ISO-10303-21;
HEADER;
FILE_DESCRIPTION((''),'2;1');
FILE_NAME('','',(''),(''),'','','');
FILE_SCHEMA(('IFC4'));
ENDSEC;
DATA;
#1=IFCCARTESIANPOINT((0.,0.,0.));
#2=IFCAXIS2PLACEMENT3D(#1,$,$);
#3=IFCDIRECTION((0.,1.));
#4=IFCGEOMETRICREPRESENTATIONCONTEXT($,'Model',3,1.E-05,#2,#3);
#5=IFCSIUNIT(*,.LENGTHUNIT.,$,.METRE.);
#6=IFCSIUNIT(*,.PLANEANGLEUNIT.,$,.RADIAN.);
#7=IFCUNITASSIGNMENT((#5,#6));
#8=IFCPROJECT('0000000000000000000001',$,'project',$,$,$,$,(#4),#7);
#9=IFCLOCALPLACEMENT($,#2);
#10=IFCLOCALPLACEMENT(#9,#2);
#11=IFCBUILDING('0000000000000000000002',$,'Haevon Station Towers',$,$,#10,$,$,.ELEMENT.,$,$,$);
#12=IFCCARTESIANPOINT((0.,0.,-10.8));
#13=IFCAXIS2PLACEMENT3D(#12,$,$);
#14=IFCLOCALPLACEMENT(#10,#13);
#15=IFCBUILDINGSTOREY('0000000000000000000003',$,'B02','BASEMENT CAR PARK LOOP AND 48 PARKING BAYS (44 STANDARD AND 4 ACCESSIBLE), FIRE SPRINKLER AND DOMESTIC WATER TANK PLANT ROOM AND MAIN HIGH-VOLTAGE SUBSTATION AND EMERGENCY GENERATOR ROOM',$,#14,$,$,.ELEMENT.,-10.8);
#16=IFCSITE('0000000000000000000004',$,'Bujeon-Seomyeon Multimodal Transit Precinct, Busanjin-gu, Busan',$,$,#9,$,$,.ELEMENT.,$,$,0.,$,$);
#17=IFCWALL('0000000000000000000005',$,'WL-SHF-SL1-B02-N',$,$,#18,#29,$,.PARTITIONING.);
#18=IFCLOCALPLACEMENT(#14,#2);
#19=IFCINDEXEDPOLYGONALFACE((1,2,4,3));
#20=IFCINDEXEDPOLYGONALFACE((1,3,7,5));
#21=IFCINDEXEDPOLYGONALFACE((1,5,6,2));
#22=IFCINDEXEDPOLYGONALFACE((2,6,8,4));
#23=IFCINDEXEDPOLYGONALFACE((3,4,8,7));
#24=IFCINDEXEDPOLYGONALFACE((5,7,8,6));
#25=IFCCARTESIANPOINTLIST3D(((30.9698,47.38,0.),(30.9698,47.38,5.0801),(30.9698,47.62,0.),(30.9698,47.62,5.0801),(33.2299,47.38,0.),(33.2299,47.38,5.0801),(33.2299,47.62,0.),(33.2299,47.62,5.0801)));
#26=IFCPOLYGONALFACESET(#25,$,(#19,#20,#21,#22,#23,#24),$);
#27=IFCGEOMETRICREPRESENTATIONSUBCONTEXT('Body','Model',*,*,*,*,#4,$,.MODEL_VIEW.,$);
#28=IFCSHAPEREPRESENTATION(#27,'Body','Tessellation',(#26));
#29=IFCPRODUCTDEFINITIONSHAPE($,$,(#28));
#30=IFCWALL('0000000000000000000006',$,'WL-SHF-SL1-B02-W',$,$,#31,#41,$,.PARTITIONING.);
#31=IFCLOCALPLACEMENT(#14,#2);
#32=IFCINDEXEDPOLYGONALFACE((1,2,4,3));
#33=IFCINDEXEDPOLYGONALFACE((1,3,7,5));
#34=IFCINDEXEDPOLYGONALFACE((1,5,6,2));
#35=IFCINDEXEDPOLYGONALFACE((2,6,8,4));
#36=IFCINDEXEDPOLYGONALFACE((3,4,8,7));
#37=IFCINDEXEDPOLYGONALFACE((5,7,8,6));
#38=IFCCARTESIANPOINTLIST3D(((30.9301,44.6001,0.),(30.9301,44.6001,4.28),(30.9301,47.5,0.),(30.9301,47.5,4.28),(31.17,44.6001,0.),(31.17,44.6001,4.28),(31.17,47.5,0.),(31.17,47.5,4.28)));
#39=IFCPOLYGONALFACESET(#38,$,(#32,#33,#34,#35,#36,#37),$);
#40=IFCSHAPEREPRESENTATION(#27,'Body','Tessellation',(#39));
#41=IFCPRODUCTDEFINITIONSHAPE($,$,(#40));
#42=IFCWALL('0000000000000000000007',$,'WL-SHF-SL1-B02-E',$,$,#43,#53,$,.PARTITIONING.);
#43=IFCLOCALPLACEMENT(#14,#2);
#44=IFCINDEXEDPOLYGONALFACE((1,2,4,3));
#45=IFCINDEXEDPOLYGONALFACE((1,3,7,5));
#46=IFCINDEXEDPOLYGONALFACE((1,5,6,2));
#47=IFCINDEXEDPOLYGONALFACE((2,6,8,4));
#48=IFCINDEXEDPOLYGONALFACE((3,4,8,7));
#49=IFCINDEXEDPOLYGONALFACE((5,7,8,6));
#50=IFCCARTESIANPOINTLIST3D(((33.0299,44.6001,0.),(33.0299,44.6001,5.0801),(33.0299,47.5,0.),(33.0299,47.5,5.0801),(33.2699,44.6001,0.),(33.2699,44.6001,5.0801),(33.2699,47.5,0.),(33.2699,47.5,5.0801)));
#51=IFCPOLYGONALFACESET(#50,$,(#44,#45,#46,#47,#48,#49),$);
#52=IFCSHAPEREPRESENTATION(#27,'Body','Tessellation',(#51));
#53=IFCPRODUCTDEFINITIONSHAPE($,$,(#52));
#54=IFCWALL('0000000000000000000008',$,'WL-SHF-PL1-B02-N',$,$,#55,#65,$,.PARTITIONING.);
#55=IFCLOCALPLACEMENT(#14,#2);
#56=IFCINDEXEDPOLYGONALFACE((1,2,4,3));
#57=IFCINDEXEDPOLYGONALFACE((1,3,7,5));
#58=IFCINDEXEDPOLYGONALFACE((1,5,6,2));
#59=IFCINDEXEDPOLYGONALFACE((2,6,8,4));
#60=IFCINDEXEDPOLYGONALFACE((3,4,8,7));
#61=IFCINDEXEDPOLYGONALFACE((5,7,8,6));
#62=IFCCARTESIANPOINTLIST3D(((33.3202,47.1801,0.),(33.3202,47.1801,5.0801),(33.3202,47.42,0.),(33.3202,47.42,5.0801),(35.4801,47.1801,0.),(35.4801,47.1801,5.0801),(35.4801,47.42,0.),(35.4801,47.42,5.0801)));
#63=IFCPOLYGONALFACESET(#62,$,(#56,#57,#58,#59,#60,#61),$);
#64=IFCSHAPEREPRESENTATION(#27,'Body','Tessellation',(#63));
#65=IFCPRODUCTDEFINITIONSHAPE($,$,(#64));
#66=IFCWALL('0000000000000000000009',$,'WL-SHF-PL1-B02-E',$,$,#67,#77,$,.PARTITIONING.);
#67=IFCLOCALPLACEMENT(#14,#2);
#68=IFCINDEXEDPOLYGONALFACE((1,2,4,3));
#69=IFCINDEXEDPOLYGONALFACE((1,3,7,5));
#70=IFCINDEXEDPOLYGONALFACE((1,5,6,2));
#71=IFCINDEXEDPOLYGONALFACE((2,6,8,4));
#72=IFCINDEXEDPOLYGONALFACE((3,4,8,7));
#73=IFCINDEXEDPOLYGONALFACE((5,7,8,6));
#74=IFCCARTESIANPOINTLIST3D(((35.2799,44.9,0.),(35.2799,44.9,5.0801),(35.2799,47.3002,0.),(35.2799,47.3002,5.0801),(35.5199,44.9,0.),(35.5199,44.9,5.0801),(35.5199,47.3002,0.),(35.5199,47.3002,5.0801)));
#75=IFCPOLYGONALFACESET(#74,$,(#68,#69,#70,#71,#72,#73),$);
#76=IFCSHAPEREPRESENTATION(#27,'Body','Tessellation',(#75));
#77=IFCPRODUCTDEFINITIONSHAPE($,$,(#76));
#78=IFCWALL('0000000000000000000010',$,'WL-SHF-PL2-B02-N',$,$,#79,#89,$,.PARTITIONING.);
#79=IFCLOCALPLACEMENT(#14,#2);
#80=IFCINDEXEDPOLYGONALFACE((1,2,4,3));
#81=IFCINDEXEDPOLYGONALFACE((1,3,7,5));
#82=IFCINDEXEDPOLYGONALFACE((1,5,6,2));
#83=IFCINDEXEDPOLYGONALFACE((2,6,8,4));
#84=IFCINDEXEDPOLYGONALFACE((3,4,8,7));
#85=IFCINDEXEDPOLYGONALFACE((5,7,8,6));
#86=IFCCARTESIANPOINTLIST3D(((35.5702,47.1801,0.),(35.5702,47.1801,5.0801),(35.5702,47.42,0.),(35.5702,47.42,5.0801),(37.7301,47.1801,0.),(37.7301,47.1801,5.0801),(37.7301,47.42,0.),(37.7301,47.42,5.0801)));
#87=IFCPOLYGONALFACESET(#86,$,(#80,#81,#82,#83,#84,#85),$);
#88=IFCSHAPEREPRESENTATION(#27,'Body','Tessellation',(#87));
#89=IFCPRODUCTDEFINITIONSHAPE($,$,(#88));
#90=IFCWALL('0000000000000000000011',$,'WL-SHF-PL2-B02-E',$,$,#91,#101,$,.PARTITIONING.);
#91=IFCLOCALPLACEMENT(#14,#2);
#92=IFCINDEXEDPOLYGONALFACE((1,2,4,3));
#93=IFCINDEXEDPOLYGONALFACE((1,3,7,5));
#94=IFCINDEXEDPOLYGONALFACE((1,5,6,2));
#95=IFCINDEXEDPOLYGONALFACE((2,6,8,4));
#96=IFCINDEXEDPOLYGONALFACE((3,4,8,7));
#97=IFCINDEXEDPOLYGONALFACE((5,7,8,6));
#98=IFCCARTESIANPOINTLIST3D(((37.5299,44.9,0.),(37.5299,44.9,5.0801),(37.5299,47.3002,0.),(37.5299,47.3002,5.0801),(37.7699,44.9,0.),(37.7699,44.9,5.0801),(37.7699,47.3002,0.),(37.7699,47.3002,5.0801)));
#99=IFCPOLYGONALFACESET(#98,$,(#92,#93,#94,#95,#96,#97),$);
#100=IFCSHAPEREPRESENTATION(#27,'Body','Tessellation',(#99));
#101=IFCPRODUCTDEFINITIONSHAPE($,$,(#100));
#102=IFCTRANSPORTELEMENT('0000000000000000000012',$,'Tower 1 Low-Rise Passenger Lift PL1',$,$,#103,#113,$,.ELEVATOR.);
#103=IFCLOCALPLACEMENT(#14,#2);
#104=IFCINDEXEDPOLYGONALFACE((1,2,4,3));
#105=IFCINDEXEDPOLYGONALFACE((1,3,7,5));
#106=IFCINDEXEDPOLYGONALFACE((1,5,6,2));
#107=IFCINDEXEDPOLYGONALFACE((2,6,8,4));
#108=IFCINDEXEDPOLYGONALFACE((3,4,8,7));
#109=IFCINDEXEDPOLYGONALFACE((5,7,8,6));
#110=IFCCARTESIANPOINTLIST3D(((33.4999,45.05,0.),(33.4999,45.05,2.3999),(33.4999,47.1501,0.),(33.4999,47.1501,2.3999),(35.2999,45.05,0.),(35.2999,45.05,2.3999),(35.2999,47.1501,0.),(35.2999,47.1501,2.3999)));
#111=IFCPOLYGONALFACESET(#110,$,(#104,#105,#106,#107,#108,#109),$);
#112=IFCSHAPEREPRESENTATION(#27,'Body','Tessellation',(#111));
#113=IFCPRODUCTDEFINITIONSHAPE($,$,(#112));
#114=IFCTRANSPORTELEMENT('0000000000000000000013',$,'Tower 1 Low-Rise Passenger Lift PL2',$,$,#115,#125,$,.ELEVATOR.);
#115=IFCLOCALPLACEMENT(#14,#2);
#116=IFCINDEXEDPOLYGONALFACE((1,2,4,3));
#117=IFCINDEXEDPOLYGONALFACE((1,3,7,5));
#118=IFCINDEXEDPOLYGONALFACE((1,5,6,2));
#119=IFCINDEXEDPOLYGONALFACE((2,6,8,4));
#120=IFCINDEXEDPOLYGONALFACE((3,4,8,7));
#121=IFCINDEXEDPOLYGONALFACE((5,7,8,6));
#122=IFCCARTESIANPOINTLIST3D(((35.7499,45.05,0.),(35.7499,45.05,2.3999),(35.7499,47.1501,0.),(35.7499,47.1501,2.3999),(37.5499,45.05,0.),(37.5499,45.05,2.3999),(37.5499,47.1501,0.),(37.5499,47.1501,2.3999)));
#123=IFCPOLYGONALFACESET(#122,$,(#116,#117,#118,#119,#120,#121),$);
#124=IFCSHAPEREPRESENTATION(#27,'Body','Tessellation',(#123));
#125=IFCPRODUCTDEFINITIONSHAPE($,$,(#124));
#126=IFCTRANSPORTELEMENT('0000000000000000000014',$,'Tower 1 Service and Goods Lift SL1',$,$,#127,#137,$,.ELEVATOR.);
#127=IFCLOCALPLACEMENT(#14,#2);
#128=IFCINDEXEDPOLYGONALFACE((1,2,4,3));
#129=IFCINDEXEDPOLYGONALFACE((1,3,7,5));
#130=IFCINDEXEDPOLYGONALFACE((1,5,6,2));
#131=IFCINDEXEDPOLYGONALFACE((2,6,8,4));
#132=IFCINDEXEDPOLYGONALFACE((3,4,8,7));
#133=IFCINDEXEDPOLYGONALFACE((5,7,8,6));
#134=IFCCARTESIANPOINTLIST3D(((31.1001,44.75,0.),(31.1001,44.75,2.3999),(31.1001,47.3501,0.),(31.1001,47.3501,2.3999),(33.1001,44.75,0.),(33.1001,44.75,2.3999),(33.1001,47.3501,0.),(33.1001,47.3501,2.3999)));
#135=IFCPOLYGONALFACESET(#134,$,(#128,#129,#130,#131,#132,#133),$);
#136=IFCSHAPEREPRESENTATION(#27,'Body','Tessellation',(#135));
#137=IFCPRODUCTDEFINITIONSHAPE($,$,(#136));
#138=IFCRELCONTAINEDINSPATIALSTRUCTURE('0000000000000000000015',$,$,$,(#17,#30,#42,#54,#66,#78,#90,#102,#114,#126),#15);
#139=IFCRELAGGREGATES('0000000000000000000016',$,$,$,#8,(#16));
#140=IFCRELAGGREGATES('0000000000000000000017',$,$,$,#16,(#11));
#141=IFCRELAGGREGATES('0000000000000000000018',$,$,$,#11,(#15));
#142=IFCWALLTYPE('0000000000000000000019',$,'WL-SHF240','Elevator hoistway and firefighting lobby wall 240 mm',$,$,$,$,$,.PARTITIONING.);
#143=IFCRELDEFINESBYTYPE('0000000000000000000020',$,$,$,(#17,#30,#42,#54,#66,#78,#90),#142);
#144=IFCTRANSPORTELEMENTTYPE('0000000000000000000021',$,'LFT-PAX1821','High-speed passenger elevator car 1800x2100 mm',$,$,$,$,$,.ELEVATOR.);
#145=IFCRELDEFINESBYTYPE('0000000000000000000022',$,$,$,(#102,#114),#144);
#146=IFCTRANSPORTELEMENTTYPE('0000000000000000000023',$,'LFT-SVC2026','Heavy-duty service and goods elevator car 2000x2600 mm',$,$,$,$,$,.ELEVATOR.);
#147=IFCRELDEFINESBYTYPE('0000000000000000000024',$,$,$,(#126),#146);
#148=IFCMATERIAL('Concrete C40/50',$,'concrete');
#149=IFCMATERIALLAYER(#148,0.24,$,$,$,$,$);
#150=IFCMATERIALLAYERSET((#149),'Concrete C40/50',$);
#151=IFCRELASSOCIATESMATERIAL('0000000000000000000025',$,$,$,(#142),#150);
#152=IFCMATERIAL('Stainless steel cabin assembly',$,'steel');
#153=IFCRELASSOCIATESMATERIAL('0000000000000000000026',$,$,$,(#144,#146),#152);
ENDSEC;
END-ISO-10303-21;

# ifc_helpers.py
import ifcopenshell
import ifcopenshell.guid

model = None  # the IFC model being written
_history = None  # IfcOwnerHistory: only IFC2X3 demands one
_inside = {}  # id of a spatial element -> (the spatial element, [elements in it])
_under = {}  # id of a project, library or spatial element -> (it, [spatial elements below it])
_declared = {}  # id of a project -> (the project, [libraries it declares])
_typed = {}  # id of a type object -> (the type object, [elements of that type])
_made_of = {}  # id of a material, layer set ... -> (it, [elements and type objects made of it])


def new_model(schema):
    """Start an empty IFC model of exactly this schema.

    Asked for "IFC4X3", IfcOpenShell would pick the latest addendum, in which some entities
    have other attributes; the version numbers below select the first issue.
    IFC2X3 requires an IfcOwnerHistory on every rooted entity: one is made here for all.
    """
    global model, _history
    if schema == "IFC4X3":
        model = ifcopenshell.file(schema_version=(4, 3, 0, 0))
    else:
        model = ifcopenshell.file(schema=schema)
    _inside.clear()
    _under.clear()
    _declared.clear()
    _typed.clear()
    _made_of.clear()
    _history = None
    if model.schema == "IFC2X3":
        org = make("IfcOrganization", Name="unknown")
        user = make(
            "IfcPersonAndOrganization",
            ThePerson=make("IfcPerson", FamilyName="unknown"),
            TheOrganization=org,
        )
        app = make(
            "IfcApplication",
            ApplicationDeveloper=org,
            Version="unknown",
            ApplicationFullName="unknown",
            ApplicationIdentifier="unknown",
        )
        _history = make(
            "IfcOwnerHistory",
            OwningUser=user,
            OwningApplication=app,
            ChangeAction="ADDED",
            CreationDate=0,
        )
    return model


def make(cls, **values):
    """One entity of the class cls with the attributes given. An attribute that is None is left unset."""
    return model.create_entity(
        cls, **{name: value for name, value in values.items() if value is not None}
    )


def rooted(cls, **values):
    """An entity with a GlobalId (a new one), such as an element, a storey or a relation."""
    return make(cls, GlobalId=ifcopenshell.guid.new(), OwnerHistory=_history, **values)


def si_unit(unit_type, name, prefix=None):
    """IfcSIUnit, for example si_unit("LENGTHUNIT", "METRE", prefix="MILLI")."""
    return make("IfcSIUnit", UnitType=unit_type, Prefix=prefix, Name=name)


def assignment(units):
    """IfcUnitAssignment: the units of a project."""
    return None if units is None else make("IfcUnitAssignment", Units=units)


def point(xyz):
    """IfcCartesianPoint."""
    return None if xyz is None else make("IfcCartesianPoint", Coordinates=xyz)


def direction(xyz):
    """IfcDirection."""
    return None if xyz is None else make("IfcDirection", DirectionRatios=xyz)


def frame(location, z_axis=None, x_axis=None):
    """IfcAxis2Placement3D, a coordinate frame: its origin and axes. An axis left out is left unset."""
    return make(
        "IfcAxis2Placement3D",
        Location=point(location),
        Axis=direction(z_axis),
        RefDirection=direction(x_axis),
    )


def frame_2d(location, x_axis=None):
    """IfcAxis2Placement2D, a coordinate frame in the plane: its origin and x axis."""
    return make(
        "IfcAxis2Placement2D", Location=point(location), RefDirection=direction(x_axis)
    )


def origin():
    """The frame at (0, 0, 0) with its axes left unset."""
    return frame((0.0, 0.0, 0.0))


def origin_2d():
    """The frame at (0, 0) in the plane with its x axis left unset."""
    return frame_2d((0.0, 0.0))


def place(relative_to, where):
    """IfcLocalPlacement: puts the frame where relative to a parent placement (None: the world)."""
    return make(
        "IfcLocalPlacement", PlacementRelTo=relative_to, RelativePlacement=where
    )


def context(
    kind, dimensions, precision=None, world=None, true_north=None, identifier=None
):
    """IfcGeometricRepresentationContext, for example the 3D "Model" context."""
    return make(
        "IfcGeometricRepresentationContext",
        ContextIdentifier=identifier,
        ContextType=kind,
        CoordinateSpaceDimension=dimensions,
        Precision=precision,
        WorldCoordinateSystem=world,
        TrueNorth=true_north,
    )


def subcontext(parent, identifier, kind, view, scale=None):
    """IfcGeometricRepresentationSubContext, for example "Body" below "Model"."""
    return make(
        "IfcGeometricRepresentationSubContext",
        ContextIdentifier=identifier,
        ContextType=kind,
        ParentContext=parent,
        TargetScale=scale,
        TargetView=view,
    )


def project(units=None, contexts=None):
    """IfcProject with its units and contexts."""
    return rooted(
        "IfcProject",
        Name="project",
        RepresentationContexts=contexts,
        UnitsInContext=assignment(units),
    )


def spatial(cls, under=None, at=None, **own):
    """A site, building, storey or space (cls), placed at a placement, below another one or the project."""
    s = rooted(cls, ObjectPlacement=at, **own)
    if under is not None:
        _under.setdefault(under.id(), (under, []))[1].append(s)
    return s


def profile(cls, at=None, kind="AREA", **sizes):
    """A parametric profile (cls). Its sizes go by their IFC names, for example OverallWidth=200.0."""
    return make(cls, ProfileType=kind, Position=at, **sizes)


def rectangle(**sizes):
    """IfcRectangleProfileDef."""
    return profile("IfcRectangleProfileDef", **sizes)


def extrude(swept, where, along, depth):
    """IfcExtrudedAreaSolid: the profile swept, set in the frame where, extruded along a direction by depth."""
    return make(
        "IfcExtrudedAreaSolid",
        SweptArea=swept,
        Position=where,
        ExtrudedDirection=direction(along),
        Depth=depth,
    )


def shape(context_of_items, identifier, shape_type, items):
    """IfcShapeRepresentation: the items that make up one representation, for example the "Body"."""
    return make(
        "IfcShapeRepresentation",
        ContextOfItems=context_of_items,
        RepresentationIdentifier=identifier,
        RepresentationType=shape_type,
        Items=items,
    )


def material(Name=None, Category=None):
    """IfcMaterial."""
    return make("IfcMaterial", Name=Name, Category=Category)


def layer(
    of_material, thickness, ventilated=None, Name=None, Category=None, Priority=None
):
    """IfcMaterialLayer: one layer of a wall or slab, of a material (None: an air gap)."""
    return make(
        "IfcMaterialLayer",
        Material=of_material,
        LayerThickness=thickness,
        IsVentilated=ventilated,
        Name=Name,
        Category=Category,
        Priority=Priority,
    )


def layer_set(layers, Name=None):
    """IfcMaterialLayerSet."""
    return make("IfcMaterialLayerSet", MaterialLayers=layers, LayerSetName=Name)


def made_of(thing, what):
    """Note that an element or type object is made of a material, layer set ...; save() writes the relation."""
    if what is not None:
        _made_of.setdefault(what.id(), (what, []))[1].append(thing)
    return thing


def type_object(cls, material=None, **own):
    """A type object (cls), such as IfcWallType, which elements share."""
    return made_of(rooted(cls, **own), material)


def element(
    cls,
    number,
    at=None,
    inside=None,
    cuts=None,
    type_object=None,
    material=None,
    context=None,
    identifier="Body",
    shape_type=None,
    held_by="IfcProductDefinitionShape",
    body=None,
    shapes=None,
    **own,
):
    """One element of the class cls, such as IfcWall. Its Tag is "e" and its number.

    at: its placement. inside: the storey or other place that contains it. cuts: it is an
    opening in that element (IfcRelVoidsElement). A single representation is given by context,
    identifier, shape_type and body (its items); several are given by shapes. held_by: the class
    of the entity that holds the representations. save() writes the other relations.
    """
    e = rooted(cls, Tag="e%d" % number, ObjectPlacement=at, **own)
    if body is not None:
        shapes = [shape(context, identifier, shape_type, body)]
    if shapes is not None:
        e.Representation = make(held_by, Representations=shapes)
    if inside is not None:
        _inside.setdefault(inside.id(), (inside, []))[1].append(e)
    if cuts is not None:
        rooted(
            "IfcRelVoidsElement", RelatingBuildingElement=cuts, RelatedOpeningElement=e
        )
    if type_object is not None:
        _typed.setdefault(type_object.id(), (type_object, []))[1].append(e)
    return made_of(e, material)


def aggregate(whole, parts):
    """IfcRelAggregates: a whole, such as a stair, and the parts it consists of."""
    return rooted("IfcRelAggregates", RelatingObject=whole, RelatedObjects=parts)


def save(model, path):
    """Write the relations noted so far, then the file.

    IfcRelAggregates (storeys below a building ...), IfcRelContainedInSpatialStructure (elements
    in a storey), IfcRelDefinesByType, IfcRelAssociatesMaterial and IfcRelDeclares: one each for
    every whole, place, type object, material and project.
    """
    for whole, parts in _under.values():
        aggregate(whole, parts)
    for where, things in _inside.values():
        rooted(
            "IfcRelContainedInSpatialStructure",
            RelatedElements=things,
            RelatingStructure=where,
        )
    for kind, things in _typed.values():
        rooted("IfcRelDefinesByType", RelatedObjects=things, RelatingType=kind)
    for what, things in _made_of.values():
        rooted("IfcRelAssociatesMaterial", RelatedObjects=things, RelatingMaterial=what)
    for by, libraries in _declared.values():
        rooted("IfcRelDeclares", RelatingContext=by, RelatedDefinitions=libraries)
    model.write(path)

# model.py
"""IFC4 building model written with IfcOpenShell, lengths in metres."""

from ifc_helpers import new_model, si_unit, direction, frame, frame_2d, origin, origin_2d, place, context, subcontext, project, spatial, rectangle, extrude, material, layer, layer_set, type_object, element, save


model = new_model("IFC4")

# Units and contexts
model_context = context("Model", 3, precision=1e-05, world=origin(), true_north=direction((0.0, 1.0)))
body_context = subcontext(model_context, "Body", "Model", "MODEL_VIEW")
ifc_project = project(units=[si_unit("LENGTHUNIT", "METRE"), si_unit("PLANEANGLEUNIT", "RADIAN")], contexts=[model_context])

# Site, building, storey
site_placement = place(None, origin())
site = spatial("IfcSite", under=ifc_project, at=site_placement, Name="Bujeon-Seomyeon Multimodal Transit Precinct, Busanjin-gu, Busan", CompositionType="ELEMENT", RefElevation=0.0)
building_placement = place(site_placement, origin())
building = spatial("IfcBuilding", under=site, at=building_placement, Name="Haevon Station Towers", CompositionType="ELEMENT")
storey_placement = place(building_placement, frame((0.0, 0.0, -10.8)))
storey = spatial("IfcBuildingStorey", under=building, at=storey_placement, Name="B02", Description="BASEMENT CAR PARK LOOP AND 48 PARKING BAYS (44 STANDARD AND 4 ACCESSIBLE), FIRE SPRINKLER AND DOMESTIC WATER TANK PLANT ROOM AND MAIN HIGH-VOLTAGE SUBSTATION AND EMERGENCY GENERATOR ROOM", CompositionType="ELEMENT", Elevation=-10.8)

# Shared definitions
ifc_material_1 = material(Name="Concrete C40/50", Category="concrete")
ifc_layer_1 = layer(ifc_material_1, 0.24)
ifc_layer_set_1 = layer_set([ifc_layer_1], Name="Concrete C40/50")
wall_type_1 = type_object("IfcWallType", Name="WL-SHF240", Description="Elevator hoistway and firefighting lobby wall 240 mm", PredefinedType="PARTITIONING", material=ifc_layer_set_1)

# Walls
wall_1_placement = place(storey_placement, frame((30.97, 47.5, 0.0), z_axis=(0.0, 0.0, 1.0), x_axis=(1.0, 0.0, 0.0)))
element("IfcWall", 1, at=wall_1_placement, inside=storey, type_object=wall_type_1, Name="WL-SHF-SL1-B02-N", PredefinedType="PARTITIONING", context=body_context, shape_type="SweptSolid", body=[
    extrude(rectangle(XDim=2.26, YDim=0.24, at=frame_2d((1.1299, 0.0))), origin(), (0.0, 0.0, 1.0), 5.0801),
])
wall_2_placement = place(storey_placement, frame((31.05, 44.6001, 0.0), z_axis=(0.0, 0.0, 1.0), x_axis=(0.0, 1.0, 0.0)))
element("IfcWall", 2, at=wall_2_placement, inside=storey, type_object=wall_type_1, Name="WL-SHF-SL1-B02-W", PredefinedType="PARTITIONING", context=body_context, shape_type="SweptSolid", body=[
    extrude(rectangle(XDim=2.8999, YDim=0.24, at=frame_2d((1.45, 0.0))), origin(), (0.0, 0.0, 1.0), 4.28),
])
wall_3_placement = place(storey_placement, frame((33.1499, 44.6001, 0.0), z_axis=(0.0, 0.0, 1.0), x_axis=(0.0, 1.0, 0.0)))
element("IfcWall", 3, at=wall_3_placement, inside=storey, type_object=wall_type_1, Name="WL-SHF-SL1-B02-E", PredefinedType="PARTITIONING", context=body_context, shape_type="SweptSolid", body=[
    extrude(rectangle(XDim=2.8999, YDim=0.24, at=frame_2d((1.45, 0.0))), origin(), (0.0, 0.0, 1.0), 5.0801),
])

# Walls
wall_4_placement = place(storey_placement, frame((33.3201, 47.3, 0.0), z_axis=(0.0, 0.0, 1.0), x_axis=(1.0, 0.0, 0.0)))
element("IfcWall", 4, at=wall_4_placement, inside=storey, type_object=wall_type_1, Name="WL-SHF-PL1-B02-N", PredefinedType="PARTITIONING", context=body_context, shape_type="SweptSolid", body=[
    extrude(rectangle(XDim=2.1599, YDim=0.24, at=frame_2d((1.0801, 0.0))), origin(), (0.0, 0.0, 1.0), 5.0801),
])
wall_5_placement = place(storey_placement, frame((35.3999, 44.8999, 0.0), z_axis=(0.0, 0.0, 1.0), x_axis=(0.0, 1.0, 0.0)))
element("IfcWall", 5, at=wall_5_placement, inside=storey, type_object=wall_type_1, Name="WL-SHF-PL1-B02-E", PredefinedType="PARTITIONING", context=body_context, shape_type="SweptSolid", body=[
    extrude(rectangle(XDim=2.4001, YDim=0.24, at=frame_2d((1.2002, 0.0))), origin(), (0.0, 0.0, 1.0), 5.0801),
])

# Walls
wall_6_placement = place(storey_placement, frame((35.5701, 47.3, 0.0), z_axis=(0.0, 0.0, 1.0), x_axis=(1.0, 0.0, 0.0)))
element("IfcWall", 6, at=wall_6_placement, inside=storey, type_object=wall_type_1, Name="WL-SHF-PL2-B02-N", PredefinedType="PARTITIONING", context=body_context, shape_type="SweptSolid", body=[
    extrude(rectangle(XDim=2.1599, YDim=0.24, at=frame_2d((1.0801, 0.0))), origin(), (0.0, 0.0, 1.0), 5.0801),
])
wall_7_placement = place(storey_placement, frame((37.6499, 44.8999, 0.0), z_axis=(0.0, 0.0, 1.0), x_axis=(0.0, 1.0, 0.0)))
element("IfcWall", 7, at=wall_7_placement, inside=storey, type_object=wall_type_1, Name="WL-SHF-PL2-B02-E", PredefinedType="PARTITIONING", context=body_context, shape_type="SweptSolid", body=[
    extrude(rectangle(XDim=2.4001, YDim=0.24, at=frame_2d((1.2002, 0.0))), origin(), (0.0, 0.0, 1.0), 5.0801),
])

# Transport elements
ifc_material_2 = material(Name="Stainless steel cabin assembly", Category="steel")
transport_element_type_1 = type_object("IfcTransportElementType", Name="LFT-PAX1821", Description="High-speed passenger elevator car 1800x2100 mm", PredefinedType="ELEVATOR", material=ifc_material_2)
for number, where, z_axis, x_axis, name in (
    (8, (34.3999, 46.1001, 0.0), (0.0, 0.0, 1.0), (1.0, 0.0, 0.0), "Tower 1 Low-Rise Passenger Lift PL1"),
    (9, (36.6499, 46.1001, 0.0), (0.0, 0.0, 1.0), (1.0, 0.0, 0.0), "Tower 1 Low-Rise Passenger Lift PL2"),
):
    element("IfcTransportElement", number, at=place(storey_placement, frame(where, z_axis=z_axis, x_axis=x_axis)), inside=storey, type_object=transport_element_type_1, Name=name, PredefinedType="ELEVATOR", context=body_context, shape_type="SweptSolid", body=[
        extrude(rectangle(XDim=1.8, YDim=2.1001, at=origin_2d()), origin(), (0.0, 0.0, 1.0), 2.3999),
    ])
transport_element_type_2 = type_object("IfcTransportElementType", Name="LFT-SVC2026", Description="Heavy-duty service and goods elevator car 2000x2600 mm", PredefinedType="ELEVATOR", material=ifc_material_2)
transport_element_placement = place(storey_placement, frame((32.1001, 46.05, 0.0), z_axis=(0.0, 0.0, 1.0), x_axis=(1.0, 0.0, 0.0)))
element("IfcTransportElement", 10, at=transport_element_placement, inside=storey, type_object=transport_element_type_2, Name="Tower 1 Service and Goods Lift SL1", PredefinedType="ELEVATOR", context=body_context, shape_type="SweptSolid", body=[
    extrude(rectangle(XDim=2.0, YDim=2.6001, at=origin_2d()), origin(), (0.0, 0.0, 1.0), 2.3999),
])

save(model, "model.ifc")
